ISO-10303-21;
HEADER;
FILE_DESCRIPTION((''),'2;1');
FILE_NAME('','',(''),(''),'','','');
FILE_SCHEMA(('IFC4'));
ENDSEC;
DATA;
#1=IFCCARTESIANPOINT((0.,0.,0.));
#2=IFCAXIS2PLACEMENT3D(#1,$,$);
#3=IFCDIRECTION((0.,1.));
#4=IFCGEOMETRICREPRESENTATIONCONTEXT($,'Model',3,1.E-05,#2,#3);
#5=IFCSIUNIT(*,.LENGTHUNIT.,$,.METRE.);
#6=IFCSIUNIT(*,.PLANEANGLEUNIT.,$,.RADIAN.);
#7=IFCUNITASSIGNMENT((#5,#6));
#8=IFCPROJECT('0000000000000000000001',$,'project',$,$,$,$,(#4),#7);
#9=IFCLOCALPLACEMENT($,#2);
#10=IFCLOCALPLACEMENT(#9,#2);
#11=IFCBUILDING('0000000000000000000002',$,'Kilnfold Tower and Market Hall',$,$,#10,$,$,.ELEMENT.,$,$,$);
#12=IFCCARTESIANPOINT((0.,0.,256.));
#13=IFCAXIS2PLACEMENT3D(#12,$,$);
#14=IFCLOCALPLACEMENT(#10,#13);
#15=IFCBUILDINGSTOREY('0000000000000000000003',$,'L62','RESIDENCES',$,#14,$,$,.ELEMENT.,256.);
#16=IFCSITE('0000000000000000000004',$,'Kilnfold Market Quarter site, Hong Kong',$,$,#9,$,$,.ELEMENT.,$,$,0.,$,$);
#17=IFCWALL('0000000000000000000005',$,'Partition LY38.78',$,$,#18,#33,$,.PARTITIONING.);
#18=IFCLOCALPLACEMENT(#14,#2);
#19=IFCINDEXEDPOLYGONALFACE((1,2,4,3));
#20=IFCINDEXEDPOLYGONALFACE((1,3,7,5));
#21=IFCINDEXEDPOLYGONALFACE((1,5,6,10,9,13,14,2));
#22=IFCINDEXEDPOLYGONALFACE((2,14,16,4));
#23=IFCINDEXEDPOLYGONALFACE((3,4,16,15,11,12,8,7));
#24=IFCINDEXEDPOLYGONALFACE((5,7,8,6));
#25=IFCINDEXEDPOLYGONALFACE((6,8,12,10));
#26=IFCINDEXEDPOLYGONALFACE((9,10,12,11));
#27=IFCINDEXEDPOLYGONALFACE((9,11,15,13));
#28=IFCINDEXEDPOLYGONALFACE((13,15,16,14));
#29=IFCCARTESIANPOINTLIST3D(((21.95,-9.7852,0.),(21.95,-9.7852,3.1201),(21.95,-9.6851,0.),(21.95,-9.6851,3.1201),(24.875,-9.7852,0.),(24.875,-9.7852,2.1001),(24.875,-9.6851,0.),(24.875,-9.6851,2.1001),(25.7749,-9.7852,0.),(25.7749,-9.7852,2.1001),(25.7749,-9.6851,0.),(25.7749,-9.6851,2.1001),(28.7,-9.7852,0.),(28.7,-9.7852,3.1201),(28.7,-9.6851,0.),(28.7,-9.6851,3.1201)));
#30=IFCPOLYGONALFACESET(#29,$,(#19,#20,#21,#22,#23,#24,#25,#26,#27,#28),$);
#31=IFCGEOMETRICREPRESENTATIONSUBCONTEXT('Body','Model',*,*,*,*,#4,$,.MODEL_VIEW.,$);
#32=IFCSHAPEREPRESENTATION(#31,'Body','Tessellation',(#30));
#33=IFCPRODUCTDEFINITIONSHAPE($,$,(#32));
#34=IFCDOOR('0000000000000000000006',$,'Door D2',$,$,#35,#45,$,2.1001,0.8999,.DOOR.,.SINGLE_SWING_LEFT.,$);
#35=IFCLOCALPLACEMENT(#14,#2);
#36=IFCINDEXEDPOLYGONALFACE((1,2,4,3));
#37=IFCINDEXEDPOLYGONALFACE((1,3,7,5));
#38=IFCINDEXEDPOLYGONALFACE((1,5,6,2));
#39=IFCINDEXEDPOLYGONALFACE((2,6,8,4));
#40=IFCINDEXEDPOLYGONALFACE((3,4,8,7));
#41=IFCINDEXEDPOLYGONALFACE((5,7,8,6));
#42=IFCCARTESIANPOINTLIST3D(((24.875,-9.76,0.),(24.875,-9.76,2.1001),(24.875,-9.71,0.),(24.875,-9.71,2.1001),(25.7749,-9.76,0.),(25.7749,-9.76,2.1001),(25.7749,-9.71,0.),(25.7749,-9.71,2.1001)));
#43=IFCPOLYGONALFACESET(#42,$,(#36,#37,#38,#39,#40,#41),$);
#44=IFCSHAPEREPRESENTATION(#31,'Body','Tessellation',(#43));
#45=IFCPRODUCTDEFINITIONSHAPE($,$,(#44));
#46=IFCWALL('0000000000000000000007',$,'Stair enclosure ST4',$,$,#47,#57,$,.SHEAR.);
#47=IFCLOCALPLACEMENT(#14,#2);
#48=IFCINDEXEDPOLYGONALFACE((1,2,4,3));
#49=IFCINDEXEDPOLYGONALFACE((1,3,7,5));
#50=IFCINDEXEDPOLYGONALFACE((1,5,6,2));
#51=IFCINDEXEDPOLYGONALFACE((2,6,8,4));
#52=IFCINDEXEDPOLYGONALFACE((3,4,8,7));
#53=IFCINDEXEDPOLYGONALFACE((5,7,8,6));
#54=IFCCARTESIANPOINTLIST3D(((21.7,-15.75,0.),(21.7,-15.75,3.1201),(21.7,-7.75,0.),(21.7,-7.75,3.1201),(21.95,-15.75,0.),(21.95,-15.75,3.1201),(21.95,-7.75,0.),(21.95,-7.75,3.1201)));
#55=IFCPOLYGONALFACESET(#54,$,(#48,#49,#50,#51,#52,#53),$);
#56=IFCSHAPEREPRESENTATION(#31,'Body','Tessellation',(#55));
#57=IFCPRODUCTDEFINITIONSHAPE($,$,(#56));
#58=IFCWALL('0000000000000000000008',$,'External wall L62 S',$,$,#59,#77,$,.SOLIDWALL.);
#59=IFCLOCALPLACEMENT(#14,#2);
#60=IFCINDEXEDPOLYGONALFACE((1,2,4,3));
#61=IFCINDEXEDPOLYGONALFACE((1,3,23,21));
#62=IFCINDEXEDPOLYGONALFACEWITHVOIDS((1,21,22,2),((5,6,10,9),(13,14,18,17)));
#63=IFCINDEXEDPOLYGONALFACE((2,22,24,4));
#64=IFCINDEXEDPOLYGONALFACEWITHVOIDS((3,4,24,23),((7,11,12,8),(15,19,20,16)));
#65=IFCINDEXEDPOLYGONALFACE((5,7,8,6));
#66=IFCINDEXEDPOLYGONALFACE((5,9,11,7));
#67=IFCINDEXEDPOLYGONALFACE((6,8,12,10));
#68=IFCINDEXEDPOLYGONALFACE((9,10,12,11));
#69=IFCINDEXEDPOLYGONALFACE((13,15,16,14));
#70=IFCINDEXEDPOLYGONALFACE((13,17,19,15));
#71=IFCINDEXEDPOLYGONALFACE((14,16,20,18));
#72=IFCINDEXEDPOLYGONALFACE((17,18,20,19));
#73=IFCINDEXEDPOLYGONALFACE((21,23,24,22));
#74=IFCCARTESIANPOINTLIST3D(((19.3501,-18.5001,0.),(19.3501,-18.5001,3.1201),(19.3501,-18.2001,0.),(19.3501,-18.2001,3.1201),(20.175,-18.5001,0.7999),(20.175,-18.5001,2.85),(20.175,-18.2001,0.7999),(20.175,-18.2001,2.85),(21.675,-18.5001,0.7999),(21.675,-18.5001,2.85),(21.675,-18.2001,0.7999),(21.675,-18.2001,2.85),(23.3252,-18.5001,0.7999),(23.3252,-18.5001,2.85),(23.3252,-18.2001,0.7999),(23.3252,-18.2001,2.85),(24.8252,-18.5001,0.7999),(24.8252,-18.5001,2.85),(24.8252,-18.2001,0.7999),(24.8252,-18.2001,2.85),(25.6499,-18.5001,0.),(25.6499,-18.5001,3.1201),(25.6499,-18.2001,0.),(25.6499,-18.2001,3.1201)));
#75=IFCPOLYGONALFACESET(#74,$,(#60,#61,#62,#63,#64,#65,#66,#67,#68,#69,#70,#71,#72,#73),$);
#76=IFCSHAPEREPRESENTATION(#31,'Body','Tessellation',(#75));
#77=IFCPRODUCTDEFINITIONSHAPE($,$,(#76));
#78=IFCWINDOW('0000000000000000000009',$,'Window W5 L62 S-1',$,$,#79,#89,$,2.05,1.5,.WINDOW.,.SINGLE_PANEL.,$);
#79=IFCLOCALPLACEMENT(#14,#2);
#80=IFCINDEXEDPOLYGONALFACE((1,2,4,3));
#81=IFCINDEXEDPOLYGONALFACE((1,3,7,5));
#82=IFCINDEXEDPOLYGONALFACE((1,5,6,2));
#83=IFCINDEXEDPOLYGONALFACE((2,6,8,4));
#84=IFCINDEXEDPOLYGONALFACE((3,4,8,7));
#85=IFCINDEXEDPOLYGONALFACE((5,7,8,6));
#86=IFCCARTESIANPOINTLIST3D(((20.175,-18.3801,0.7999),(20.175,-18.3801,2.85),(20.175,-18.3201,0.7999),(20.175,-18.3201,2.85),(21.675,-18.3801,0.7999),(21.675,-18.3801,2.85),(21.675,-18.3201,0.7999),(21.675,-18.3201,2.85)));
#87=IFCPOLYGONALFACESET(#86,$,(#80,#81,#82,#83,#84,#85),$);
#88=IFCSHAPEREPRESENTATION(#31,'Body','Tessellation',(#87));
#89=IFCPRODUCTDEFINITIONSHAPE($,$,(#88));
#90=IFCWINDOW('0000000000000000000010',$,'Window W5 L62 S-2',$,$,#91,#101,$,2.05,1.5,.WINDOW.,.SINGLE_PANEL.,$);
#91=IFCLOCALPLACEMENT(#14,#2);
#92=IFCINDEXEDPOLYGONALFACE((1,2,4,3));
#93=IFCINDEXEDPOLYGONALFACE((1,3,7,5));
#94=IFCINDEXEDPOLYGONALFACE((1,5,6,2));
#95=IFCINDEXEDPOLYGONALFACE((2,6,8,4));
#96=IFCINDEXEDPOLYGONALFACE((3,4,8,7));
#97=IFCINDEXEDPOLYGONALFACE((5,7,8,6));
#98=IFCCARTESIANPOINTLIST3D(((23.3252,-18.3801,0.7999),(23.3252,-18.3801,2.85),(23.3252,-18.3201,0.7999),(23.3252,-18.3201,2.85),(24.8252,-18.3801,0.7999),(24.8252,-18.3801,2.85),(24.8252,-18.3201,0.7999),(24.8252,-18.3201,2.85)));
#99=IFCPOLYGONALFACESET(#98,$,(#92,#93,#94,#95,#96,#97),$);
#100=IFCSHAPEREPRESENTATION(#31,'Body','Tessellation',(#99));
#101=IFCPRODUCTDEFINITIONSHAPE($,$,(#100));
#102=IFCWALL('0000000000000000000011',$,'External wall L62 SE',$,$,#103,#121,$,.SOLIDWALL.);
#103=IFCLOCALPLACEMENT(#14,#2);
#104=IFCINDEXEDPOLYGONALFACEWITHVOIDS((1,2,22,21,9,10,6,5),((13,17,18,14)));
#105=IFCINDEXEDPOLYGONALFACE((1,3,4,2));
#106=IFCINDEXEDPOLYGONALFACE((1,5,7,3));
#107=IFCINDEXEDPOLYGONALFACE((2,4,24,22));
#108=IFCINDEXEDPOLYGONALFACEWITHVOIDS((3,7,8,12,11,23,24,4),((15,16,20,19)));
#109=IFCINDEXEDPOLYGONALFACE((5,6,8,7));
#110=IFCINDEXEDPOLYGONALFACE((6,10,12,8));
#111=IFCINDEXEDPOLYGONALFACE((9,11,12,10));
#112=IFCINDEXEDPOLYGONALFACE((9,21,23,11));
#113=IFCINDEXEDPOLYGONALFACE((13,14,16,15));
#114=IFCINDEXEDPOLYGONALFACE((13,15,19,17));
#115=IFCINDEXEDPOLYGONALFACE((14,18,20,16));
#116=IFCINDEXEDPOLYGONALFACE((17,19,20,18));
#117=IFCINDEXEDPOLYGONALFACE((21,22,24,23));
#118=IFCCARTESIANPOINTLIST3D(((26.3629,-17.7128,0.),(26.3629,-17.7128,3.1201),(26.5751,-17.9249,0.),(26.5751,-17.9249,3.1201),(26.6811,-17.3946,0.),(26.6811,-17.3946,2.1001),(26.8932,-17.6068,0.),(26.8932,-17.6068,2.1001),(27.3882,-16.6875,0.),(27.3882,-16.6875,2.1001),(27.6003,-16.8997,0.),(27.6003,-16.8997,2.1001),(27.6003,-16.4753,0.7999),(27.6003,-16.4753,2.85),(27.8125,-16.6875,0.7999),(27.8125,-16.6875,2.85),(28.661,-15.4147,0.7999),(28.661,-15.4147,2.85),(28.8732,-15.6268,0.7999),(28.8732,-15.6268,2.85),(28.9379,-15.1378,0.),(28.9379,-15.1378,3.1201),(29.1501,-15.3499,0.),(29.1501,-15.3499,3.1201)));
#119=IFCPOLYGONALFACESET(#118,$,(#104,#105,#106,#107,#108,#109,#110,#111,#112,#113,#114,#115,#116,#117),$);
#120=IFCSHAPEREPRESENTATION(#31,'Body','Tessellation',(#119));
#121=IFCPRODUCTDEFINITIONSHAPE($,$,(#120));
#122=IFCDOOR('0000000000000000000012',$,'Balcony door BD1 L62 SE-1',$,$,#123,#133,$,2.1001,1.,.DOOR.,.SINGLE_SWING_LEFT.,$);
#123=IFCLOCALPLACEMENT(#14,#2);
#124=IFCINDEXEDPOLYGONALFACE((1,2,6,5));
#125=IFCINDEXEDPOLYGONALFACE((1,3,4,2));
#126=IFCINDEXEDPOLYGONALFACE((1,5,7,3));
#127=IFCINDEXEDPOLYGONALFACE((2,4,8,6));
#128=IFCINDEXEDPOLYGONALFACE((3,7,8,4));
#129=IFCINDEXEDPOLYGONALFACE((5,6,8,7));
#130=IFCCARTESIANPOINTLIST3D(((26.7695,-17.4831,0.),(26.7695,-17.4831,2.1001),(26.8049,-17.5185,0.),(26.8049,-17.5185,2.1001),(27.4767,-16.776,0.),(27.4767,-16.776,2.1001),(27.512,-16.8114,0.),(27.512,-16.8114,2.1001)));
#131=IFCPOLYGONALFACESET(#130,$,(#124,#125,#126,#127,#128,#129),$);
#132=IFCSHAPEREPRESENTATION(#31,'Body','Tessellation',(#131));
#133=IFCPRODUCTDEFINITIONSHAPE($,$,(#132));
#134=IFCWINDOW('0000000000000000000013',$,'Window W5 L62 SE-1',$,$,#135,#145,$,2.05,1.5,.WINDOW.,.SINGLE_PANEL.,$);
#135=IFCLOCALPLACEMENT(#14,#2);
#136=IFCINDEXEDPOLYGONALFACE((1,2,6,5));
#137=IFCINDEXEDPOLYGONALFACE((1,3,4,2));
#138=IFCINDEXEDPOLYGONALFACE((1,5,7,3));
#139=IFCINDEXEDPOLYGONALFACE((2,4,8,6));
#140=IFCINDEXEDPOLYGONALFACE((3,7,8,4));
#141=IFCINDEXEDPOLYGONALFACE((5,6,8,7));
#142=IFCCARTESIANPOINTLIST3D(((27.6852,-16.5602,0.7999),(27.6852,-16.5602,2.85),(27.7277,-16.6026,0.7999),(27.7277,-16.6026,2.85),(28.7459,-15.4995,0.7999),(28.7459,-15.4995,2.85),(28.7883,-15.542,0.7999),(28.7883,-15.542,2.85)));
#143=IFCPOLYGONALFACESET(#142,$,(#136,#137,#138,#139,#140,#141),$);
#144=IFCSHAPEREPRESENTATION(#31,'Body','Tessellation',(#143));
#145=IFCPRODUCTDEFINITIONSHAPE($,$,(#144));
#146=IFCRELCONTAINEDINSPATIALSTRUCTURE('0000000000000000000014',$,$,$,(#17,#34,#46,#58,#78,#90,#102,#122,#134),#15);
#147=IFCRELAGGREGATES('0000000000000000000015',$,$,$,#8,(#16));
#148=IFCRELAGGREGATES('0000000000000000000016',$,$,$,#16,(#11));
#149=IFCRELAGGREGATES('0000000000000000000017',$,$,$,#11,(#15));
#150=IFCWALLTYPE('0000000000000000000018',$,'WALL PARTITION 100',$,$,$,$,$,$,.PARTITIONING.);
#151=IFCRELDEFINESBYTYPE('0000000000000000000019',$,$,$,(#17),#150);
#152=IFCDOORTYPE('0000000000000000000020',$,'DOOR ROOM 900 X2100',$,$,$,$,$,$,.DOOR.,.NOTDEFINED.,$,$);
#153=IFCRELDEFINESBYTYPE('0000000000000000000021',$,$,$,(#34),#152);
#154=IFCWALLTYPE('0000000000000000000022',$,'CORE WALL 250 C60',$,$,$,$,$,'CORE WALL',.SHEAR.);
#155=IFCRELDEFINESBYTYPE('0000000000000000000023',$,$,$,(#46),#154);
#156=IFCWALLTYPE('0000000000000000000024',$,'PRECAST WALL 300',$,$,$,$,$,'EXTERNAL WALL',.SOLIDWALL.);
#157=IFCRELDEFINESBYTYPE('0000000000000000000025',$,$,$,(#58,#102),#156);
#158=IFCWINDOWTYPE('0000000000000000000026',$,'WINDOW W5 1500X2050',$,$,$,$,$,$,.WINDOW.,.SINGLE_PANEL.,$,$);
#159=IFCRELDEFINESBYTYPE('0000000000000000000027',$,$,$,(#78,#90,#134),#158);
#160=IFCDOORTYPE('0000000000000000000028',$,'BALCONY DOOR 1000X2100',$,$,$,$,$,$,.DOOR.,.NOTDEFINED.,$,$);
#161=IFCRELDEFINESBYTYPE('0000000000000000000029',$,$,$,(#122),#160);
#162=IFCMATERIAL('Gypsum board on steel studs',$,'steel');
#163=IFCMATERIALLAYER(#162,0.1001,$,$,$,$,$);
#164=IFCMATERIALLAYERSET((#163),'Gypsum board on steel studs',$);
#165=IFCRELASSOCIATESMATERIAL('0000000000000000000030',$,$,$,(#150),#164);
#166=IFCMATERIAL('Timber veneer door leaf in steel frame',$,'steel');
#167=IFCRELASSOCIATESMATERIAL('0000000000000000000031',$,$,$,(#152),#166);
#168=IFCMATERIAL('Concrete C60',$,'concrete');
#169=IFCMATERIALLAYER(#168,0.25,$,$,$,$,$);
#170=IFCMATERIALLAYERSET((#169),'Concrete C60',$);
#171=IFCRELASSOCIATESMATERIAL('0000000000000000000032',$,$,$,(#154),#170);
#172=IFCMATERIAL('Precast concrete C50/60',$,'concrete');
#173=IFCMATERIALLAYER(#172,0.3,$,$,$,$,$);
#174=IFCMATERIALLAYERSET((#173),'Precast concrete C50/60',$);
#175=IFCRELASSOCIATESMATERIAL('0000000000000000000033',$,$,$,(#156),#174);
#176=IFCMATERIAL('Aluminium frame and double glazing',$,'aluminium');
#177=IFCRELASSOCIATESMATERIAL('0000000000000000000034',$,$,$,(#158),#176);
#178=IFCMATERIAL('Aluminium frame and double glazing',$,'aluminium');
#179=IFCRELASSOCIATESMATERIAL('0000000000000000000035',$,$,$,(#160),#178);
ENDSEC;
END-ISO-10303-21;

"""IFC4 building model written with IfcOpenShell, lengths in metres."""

from ifc_helpers import new_model, si_unit, direction, frame, frame_2d, origin, place, context, subcontext, project, spatial, rectangle, extrude, source, transform, mapped, material, layer, layer_set, type_object, element, fill, save


model = new_model("IFC4")

# Units and contexts
model_context = context("Model", 3, precision=1e-05, world=origin(), true_north=direction((0.0, 1.0)))
body_context = subcontext(model_context, "Body", "Model", "MODEL_VIEW")
ifc_project = project(units=[si_unit("LENGTHUNIT", "METRE"), si_unit("PLANEANGLEUNIT", "RADIAN")], contexts=[model_context])

# Site, building, storey
site_placement = place(None, origin())
site = spatial("IfcSite", under=ifc_project, at=site_placement, Name="Kilnfold Market Quarter site, Hong Kong", CompositionType="ELEMENT", RefElevation=0.0)
building_placement = place(site_placement, origin())
building = spatial("IfcBuilding", under=site, at=building_placement, Name="Kilnfold Tower and Market Hall", CompositionType="ELEMENT")
storey_placement = place(building_placement, frame((0.0, 0.0, 256.0)))
storey = spatial("IfcBuildingStorey", under=building, at=storey_placement, Name="L62", Description="RESIDENCES", CompositionType="ELEMENT", Elevation=256.0)

# Wall, opening, door
ifc_material_1 = material(Name="Gypsum board on steel studs", Category="steel")
ifc_layer_1 = layer(ifc_material_1, 0.1001)
ifc_layer_set_1 = layer_set([ifc_layer_1], Name="Gypsum board on steel studs")
wall_type_1 = type_object("IfcWallType", Name="WALL PARTITION 100", PredefinedType="PARTITIONING", material=ifc_layer_set_1)
ifc_material_2 = material(Name="Timber veneer door leaf in steel frame", Category="steel")
door_type_1 = type_object("IfcDoorType", Name="DOOR ROOM 900 X2100", OperationType="NOTDEFINED", PredefinedType="DOOR", material=ifc_material_2)
wall_1_placement = place(storey_placement, frame((28.7, -9.7351, 0.0), z_axis=(0.0, 0.0, 1.0), x_axis=(-1.0, 0.0, 0.0)))
wall_1 = element("IfcWall", 1, at=wall_1_placement, inside=storey, type_object=wall_type_1, Name="Partition LY38.78", PredefinedType="PARTITIONING", context=body_context, shape_type="SweptSolid", body=[
    extrude(rectangle(XDim=6.75, YDim=0.1001, at=frame_2d((3.375, 0.0))), origin(), (0.0, 0.0, 1.0), 3.1201),
])
opening_1_placement = place(wall_1_placement, frame((2.925, 0.0, 0.0)))
opening_1 = element("IfcOpeningElement", 2, at=opening_1_placement, cuts=wall_1, PredefinedType="OPENING", context=body_context, shape_type="SweptSolid", body=[
    extrude(rectangle(XDim=0.8999, YDim=2.1001, at=frame_2d((0.45, 1.05))), frame((0.0, 0.0601, 0.0), z_axis=(0.0, -1.0, 0.0), x_axis=(1.0, 0.0, 0.0)), (0.0, 0.0, 1.0), 0.1201),
])
door_1_placement = place(opening_1_placement, origin())
door_1 = element("IfcDoor", 3, at=door_1_placement, inside=storey, type_object=door_type_1, Name="Door D2", OperationType="SINGLE_SWING_LEFT", OverallHeight=2.1001, OverallWidth=0.8999, PredefinedType="DOOR", context=body_context, shape_type="SweptSolid", body=[
    extrude(rectangle(XDim=0.8999, YDim=2.1001, at=frame_2d((0.45, 1.05))), frame((0.0, 0.0249, 0.0), z_axis=(0.0, -1.0, 0.0), x_axis=(1.0, 0.0, 0.0)), (0.0, 0.0, 1.0), 0.05),
])
fill(opening_1, door_1)

# Wall
ifc_material_3 = material(Name="Concrete C60", Category="concrete")
ifc_layer_2 = layer(ifc_material_3, 0.25)
ifc_layer_set_2 = layer_set([ifc_layer_2], Name="Concrete C60")
wall_type_2 = type_object("IfcWallType", Name="CORE WALL 250 C60", ElementType="CORE WALL", PredefinedType="SHEAR", material=ifc_layer_set_2)
shared_shape_1 = source(origin(), body_context, "Body", "SweptSolid", [
    extrude(rectangle(XDim=8.0, YDim=0.25, at=frame_2d((4.0, 0.0))), origin(), (0.0, 0.0, 1.0), 3.1201),
])
wall_2_placement = place(storey_placement, frame((21.825, -15.75, 0.0), z_axis=(0.0, 0.0, 1.0), x_axis=(0.0, 1.0, 0.0)))
element("IfcWall", 4, at=wall_2_placement, inside=storey, type_object=wall_type_2, Name="Stair enclosure ST4", PredefinedType="SHEAR", context=body_context, shape_type="MappedRepresentation", body=[
    mapped(shared_shape_1, transform((0.0, 0.0, 0.0))),
])

# Wall, openings, windows
ifc_material_4 = material(Name="Precast concrete C50/60", Category="concrete")
ifc_layer_3 = layer(ifc_material_4, 0.3)
ifc_layer_set_3 = layer_set([ifc_layer_3], Name="Precast concrete C50/60")
wall_type_3 = type_object("IfcWallType", Name="PRECAST WALL 300", ElementType="EXTERNAL WALL", PredefinedType="SOLIDWALL", material=ifc_layer_set_3)
shared_shape_2 = source(origin(), body_context, "Body", "SweptSolid", [
    extrude(rectangle(XDim=6.2998, YDim=0.3, at=frame_2d((3.1499, 0.0))), origin(), (0.0, 0.0, 1.0), 3.1201),
])
wall_3_placement = place(storey_placement, frame((19.3501, -18.3501, 0.0), z_axis=(0.0, 0.0, 1.0), x_axis=(1.0, 0.0, 0.0)))
wall_3 = element("IfcWall", 5, at=wall_3_placement, inside=storey, type_object=wall_type_3, Name="External wall L62 S", PredefinedType="SOLIDWALL", context=body_context, shape_type="MappedRepresentation", body=[
    mapped(shared_shape_2, transform((0.0, 0.0, 0.0))),
])
opening_2_placement = place(wall_3_placement, frame((0.825, 0.0, 0.8)))
opening_2 = element("IfcOpeningElement", 6, at=opening_2_placement, cuts=wall_3, PredefinedType="OPENING", context=body_context, shape_type="SweptSolid", body=[
    extrude(rectangle(XDim=1.5, YDim=2.05, at=frame_2d((0.75, 1.0249))), frame((0.0, 0.1602, 0.0), z_axis=(0.0, -1.0, 0.0), x_axis=(1.0, 0.0, 0.0)), (0.0, 0.0, 1.0), 0.3201),
])
opening_3_placement = place(wall_3_placement, frame((3.9751, 0.0, 0.8)))
opening_3 = element("IfcOpeningElement", 7, at=opening_3_placement, cuts=wall_3, PredefinedType="OPENING", context=body_context, shape_type="SweptSolid", body=[
    extrude(rectangle(XDim=1.5, YDim=2.05, at=frame_2d((0.75, 1.0249))), frame((0.0, 0.1602, 0.0), z_axis=(0.0, -1.0, 0.0), x_axis=(1.0, 0.0, 0.0)), (0.0, 0.0, 1.0), 0.3201),
])
ifc_material_5 = material(Name="Aluminium frame and double glazing", Category="aluminium")
window_type = type_object("IfcWindowType", Name="WINDOW W5 1500X2050", PartitioningType="SINGLE_PANEL", PredefinedType="WINDOW", material=ifc_material_5)
window_1_placement = place(opening_2_placement, origin())
window_1 = element("IfcWindow", 8, at=window_1_placement, inside=storey, type_object=window_type, Name="Window W5 L62 S-1", OverallHeight=2.05, OverallWidth=1.5, PartitioningType="SINGLE_PANEL", PredefinedType="WINDOW", context=body_context, shape_type="SweptSolid", body=[
    extrude(rectangle(XDim=1.5, YDim=2.05, at=frame_2d((0.75, 1.0249))), frame((0.0, 0.03, 0.0), z_axis=(0.0, -1.0, 0.0), x_axis=(1.0, 0.0, 0.0)), (0.0, 0.0, 1.0), 0.0601),
])
fill(opening_2, window_1)
window_2_placement = place(opening_3_placement, origin())
window_2 = element("IfcWindow", 9, at=window_2_placement, inside=storey, type_object=window_type, Name="Window W5 L62 S-2", OverallHeight=2.05, OverallWidth=1.5, PartitioningType="SINGLE_PANEL", PredefinedType="WINDOW", context=body_context, shape_type="SweptSolid", body=[
    extrude(rectangle(XDim=1.5, YDim=2.05, at=frame_2d((0.75, 1.0249))), frame((0.0, 0.03, 0.0), z_axis=(0.0, -1.0, 0.0), x_axis=(1.0, 0.0, 0.0)), (0.0, 0.0, 1.0), 0.0601),
])
fill(opening_3, window_2)

# Wall, openings, door, window
shared_shape_3 = source(origin(), body_context, "Body", "SweptSolid", [
    extrude(rectangle(XDim=3.6416, YDim=0.3, at=frame_2d((1.8208, 0.0))), origin(), (0.0, 0.0, 1.0), 3.1201),
])
wall_4_placement = place(storey_placement, frame((26.469, -17.8188, 0.0), z_axis=(0.0, 0.0, 1.0), x_axis=(0.707107, 0.707107, 0.0)))
wall_4 = element("IfcWall", 10, at=wall_4_placement, inside=storey, type_object=wall_type_3, Name="External wall L62 SE", PredefinedType="SOLIDWALL", context=body_context, shape_type="MappedRepresentation", body=[
    mapped(shared_shape_3, transform((0.0, 0.0, 0.0))),
])
opening_4_placement = place(wall_4_placement, frame((1.75, 0.0, 0.8)))
opening_4 = element("IfcOpeningElement", 11, at=opening_4_placement, cuts=wall_4, PredefinedType="OPENING", context=body_context, shape_type="SweptSolid", body=[
    extrude(rectangle(XDim=1.5, YDim=2.05, at=frame_2d((0.75, 1.0249))), frame((0.0, 0.1602, 0.0), z_axis=(0.0, -1.0, 0.0), x_axis=(1.0, 0.0, 0.0)), (0.0, 0.0, 1.0), 0.3201),
])
opening_5_placement = place(wall_4_placement, frame((0.45, 0.0, 0.0)))
opening_5 = element("IfcOpeningElement", 12, at=opening_5_placement, cuts=wall_4, PredefinedType="OPENING", context=body_context, shape_type="SweptSolid", body=[
    extrude(rectangle(XDim=1.0, YDim=2.1001, at=frame_2d((0.5, 1.05))), frame((0.0, 0.1602, 0.0), z_axis=(0.0, -1.0, 0.0), x_axis=(1.0, 0.0, 0.0)), (0.0, 0.0, 1.0), 0.3201),
])
ifc_material_6 = material(Name="Aluminium frame and double glazing", Category="aluminium")
door_type_2 = type_object("IfcDoorType", Name="BALCONY DOOR 1000X2100", OperationType="NOTDEFINED", PredefinedType="DOOR", material=ifc_material_6)
door_2_placement = place(opening_5_placement, origin())
door_2 = element("IfcDoor", 13, at=door_2_placement, inside=storey, type_object=door_type_2, Name="Balcony door BD1 L62 SE-1", OperationType="SINGLE_SWING_LEFT", OverallHeight=2.1001, OverallWidth=1.0, PredefinedType="DOOR", context=body_context, shape_type="SweptSolid", body=[
    extrude(rectangle(XDim=1.0, YDim=2.1001, at=frame_2d((0.5, 1.05))), frame((0.0, 0.0249, 0.0), z_axis=(0.0, -1.0, 0.0), x_axis=(1.0, 0.0, 0.0)), (0.0, 0.0, 1.0), 0.05),
])
fill(opening_5, door_2)
window_3_placement = place(opening_4_placement, origin())
window_3 = element("IfcWindow", 14, at=window_3_placement, inside=storey, type_object=window_type, Name="Window W5 L62 SE-1", OverallHeight=2.05, OverallWidth=1.5, PartitioningType="SINGLE_PANEL", PredefinedType="WINDOW", context=body_context, shape_type="SweptSolid", body=[
    extrude(rectangle(XDim=1.5, YDim=2.05, at=frame_2d((0.75, 1.0249))), frame((0.0, 0.03, 0.0), z_axis=(0.0, -1.0, 0.0), x_axis=(1.0, 0.0, 0.0)), (0.0, 0.0, 1.0), 0.0601),
])
fill(opening_4, window_3)

save(model, "model.ifc")
